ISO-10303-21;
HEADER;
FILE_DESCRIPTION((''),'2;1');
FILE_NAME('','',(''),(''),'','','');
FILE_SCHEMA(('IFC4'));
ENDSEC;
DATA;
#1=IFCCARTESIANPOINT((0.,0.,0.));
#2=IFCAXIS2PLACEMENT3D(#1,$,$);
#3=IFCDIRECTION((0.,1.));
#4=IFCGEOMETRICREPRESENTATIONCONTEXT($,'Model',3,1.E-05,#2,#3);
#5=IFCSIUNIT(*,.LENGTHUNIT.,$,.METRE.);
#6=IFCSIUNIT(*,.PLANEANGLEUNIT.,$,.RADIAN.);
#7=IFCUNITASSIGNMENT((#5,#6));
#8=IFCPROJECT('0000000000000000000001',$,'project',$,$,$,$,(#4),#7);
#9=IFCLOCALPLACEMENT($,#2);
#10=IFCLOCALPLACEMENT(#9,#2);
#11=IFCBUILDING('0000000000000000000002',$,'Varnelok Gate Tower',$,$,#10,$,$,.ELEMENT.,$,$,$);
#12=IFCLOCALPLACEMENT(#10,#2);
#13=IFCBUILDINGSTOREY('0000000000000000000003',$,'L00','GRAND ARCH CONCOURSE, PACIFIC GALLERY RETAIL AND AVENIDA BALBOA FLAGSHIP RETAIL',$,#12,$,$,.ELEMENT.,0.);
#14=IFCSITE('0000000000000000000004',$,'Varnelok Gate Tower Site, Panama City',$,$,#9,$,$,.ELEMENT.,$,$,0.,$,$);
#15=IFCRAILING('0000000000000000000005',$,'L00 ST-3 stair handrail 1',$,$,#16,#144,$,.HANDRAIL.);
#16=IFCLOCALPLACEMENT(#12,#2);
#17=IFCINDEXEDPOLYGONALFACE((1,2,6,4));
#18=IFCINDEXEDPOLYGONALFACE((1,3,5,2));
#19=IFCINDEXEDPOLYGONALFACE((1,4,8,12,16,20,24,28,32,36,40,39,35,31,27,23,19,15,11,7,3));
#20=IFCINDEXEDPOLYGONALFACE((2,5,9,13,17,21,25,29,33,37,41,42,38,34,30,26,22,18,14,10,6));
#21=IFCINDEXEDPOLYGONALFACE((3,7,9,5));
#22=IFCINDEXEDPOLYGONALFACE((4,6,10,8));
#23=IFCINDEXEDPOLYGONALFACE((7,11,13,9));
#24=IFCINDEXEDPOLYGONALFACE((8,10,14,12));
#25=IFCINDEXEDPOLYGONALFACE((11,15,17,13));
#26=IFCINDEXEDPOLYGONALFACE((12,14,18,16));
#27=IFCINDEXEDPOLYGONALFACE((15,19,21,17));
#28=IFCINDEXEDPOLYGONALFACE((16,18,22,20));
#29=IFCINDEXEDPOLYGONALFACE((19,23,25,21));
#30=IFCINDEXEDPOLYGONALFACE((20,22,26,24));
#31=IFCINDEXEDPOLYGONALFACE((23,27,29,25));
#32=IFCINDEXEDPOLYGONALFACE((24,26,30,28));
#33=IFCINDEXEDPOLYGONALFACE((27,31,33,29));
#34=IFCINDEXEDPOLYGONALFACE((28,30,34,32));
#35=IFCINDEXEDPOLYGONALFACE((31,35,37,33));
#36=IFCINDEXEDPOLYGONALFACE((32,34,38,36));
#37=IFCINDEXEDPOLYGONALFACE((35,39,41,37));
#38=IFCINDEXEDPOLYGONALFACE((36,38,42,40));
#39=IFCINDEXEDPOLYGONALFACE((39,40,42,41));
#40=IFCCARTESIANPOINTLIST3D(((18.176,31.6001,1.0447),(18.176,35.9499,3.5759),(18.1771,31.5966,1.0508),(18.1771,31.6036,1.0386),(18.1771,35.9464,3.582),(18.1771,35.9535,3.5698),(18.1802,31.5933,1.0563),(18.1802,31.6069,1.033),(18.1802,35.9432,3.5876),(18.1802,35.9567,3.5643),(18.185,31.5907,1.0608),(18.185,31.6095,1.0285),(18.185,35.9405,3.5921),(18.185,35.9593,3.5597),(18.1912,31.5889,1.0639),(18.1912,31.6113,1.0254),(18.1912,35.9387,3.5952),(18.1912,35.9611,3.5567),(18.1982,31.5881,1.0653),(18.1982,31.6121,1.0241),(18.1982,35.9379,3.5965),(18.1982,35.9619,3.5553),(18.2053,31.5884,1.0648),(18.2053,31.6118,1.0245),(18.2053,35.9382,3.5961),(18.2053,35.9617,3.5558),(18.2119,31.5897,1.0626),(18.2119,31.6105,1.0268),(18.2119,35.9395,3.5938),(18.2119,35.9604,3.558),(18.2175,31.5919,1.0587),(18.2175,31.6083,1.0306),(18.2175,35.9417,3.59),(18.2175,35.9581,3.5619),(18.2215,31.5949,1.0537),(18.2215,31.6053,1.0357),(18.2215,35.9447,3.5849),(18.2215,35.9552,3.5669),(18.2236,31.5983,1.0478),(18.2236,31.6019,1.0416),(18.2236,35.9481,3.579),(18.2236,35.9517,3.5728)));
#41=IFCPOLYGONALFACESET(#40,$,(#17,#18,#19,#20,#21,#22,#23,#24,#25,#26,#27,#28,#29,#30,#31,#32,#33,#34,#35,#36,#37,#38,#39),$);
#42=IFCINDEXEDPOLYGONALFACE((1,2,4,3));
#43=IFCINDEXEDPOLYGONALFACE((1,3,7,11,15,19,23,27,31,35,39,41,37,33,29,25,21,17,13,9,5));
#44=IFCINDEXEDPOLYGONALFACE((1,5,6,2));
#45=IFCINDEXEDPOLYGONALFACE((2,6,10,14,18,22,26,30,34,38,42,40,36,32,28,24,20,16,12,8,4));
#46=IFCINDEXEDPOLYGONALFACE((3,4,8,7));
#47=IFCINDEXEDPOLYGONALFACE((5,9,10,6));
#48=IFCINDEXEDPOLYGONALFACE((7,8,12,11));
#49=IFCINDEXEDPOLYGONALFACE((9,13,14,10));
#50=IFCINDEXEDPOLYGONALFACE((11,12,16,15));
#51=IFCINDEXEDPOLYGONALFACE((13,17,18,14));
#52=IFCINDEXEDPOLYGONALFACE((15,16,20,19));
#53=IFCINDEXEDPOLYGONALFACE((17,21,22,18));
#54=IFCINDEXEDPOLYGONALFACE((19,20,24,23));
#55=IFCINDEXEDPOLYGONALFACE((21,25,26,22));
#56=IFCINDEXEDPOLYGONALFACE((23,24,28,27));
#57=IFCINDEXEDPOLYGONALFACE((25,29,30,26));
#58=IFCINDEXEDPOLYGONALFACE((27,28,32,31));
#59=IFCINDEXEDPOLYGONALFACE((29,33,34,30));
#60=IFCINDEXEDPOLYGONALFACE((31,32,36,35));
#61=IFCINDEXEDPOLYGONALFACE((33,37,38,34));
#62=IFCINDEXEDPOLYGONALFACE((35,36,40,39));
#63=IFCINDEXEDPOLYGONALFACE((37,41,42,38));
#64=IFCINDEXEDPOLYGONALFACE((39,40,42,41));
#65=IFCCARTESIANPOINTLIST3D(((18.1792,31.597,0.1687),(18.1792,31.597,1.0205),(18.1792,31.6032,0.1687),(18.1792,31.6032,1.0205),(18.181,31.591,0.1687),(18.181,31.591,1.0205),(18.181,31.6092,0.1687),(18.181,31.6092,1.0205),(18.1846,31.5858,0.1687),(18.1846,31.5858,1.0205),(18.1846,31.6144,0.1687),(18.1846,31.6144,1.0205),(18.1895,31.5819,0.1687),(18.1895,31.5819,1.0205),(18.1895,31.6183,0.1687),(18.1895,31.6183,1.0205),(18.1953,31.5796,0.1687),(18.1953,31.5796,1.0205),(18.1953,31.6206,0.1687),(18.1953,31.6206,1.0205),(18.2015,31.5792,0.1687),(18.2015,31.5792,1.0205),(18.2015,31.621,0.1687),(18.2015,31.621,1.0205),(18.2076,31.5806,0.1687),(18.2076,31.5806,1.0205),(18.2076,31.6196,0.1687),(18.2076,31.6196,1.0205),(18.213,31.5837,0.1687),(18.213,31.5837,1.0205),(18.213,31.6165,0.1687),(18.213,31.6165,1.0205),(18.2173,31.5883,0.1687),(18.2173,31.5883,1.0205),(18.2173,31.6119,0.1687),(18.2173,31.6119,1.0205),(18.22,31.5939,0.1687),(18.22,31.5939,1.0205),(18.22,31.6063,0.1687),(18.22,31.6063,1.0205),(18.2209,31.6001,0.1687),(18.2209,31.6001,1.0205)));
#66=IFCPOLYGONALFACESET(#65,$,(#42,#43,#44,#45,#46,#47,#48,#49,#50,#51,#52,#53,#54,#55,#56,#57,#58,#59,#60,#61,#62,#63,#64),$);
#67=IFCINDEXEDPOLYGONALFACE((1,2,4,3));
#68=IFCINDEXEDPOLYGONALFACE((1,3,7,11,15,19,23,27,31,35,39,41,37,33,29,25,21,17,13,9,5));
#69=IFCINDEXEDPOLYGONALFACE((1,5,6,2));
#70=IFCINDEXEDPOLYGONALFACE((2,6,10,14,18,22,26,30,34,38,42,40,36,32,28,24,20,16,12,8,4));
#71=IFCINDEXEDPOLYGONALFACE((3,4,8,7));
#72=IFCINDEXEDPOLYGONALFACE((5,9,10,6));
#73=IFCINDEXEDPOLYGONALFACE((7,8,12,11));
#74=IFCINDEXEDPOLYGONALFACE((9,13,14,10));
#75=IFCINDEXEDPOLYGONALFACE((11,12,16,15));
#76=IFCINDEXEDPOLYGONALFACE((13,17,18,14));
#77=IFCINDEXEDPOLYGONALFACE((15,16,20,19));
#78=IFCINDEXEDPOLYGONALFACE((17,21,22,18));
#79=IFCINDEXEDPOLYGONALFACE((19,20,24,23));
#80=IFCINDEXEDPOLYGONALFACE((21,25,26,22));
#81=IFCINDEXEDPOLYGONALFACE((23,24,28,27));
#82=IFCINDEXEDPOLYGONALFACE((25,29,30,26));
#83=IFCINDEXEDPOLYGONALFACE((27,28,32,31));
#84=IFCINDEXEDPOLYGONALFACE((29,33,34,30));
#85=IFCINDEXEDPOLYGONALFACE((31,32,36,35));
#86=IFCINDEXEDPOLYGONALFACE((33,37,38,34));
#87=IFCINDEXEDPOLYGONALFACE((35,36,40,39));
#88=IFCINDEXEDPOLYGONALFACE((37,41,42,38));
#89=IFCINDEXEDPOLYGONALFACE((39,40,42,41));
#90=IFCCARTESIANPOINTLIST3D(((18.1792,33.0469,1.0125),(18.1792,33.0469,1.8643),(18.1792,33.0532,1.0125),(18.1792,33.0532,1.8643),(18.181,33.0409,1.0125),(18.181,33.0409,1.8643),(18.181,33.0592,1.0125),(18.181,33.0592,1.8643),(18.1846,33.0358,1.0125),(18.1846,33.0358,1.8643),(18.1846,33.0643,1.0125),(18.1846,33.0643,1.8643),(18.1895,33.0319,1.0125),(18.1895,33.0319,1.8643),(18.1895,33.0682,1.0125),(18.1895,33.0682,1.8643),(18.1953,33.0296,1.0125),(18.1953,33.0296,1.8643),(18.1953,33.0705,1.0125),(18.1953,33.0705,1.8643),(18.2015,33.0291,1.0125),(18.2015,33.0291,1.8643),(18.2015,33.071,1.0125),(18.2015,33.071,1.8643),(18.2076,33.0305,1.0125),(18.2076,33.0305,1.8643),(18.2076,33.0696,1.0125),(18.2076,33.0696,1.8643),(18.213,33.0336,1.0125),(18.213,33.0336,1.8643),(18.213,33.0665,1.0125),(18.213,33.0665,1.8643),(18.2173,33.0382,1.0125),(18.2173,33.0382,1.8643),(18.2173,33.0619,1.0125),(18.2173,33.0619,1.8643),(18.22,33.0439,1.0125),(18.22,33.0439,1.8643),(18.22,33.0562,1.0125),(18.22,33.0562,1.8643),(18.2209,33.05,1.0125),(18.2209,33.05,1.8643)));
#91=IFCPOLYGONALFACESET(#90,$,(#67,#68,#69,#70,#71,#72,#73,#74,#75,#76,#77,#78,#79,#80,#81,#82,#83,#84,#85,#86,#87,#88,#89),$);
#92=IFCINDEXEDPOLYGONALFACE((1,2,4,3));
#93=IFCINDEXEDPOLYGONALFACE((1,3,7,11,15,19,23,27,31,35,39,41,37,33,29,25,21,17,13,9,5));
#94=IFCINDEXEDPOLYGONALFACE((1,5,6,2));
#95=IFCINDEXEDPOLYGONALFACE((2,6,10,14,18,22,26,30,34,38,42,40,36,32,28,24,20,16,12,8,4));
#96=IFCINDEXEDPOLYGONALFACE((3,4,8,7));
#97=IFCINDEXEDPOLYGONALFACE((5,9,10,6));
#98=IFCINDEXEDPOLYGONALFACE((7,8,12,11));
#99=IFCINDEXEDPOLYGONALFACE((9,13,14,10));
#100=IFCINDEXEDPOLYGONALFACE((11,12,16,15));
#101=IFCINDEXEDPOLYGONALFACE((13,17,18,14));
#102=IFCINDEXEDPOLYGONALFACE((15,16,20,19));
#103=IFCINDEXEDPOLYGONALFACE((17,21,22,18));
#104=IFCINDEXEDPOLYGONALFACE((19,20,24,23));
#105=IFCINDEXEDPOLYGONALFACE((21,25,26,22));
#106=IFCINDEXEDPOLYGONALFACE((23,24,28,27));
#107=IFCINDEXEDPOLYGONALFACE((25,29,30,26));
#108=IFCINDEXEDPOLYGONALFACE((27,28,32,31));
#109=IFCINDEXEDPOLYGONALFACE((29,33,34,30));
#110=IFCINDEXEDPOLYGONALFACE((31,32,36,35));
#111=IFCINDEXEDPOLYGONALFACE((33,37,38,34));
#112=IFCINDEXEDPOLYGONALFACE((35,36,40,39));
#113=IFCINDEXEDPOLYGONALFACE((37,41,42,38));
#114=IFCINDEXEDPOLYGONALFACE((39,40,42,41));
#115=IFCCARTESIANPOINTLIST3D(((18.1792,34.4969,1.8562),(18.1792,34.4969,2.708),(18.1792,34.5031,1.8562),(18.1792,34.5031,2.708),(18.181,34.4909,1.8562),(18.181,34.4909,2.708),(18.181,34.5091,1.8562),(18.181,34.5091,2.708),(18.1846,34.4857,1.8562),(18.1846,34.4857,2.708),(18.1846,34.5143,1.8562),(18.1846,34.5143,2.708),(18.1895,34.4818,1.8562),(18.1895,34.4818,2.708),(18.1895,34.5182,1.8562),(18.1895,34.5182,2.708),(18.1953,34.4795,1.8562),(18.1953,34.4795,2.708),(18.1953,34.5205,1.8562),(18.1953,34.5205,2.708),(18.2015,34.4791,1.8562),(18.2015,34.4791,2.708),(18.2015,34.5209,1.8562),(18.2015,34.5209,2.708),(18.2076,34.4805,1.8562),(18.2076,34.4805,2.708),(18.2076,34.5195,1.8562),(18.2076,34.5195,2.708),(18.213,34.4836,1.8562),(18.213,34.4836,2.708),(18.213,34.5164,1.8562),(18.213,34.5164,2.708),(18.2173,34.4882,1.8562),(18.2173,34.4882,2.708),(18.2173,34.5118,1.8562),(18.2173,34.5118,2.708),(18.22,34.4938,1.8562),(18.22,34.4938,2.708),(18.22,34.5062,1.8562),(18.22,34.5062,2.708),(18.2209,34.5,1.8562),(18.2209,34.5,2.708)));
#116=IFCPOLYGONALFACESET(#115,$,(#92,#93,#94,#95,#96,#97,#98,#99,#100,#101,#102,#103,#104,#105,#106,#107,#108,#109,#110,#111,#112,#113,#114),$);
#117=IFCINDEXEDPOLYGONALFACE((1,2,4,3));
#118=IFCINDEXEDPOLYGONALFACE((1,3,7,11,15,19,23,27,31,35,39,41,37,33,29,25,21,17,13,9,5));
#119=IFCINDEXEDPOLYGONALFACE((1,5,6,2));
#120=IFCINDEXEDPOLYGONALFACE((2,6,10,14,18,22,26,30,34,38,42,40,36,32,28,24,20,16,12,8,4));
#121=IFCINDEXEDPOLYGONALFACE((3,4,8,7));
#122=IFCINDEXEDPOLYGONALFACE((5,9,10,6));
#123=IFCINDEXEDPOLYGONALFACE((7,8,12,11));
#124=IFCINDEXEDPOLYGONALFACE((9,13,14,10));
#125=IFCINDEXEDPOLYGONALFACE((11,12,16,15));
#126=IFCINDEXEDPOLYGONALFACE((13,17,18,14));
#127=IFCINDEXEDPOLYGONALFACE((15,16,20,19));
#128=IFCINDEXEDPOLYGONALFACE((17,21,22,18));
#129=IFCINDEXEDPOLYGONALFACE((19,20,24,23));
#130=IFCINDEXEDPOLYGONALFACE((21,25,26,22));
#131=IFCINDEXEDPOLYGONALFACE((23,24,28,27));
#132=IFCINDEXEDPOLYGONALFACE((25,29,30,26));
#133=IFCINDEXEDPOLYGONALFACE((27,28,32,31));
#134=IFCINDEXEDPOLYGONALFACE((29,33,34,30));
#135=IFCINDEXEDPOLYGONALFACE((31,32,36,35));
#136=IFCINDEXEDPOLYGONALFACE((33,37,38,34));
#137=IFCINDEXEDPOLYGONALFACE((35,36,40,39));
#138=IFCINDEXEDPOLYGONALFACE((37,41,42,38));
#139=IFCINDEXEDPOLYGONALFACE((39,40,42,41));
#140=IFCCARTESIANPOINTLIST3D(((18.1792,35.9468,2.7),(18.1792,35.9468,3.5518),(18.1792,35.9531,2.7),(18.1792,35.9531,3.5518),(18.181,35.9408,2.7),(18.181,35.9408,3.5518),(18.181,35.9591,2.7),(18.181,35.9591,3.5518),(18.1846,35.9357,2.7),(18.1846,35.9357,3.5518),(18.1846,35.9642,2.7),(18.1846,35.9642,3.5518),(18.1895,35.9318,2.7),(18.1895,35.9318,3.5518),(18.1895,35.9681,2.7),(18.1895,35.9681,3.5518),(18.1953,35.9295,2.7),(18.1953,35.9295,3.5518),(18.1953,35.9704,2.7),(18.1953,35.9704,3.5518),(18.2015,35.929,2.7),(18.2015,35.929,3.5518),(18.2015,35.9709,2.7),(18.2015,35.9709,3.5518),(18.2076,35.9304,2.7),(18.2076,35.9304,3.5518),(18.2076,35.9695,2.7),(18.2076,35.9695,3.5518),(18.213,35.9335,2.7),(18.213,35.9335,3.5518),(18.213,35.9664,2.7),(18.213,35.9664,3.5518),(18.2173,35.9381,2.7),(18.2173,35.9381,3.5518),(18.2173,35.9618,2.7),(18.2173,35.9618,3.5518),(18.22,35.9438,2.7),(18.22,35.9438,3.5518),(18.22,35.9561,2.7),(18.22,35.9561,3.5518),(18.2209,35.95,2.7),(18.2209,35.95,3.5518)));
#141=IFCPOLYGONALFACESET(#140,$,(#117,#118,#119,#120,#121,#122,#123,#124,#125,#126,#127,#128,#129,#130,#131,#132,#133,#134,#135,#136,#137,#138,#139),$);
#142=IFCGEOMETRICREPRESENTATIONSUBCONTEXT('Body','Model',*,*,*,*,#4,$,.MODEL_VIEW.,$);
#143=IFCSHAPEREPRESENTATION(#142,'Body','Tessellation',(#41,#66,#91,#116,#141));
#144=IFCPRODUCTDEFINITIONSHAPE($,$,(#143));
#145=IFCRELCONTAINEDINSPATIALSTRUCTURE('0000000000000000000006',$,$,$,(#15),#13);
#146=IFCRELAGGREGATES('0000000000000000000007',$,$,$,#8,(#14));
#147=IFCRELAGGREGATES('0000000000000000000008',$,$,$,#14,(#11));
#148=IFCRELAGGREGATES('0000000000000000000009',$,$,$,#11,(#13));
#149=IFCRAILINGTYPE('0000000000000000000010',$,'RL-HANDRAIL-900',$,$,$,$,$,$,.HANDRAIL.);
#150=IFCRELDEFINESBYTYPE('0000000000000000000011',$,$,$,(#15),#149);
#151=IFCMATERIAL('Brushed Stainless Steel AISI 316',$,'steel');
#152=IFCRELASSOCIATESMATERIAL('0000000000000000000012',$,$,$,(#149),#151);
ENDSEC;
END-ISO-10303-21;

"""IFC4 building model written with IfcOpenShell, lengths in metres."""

from ifc_helpers import new_model, si_unit, direction, frame, origin, origin_2d, place, context, subcontext, project, spatial, circle, extrude, material, type_object, element, save


model = new_model("IFC4")

# Units and contexts
model_context = context("Model", 3, precision=1e-05, world=origin(), true_north=direction((0.0, 1.0)))
body_context = subcontext(model_context, "Body", "Model", "MODEL_VIEW")
ifc_project = project(units=[si_unit("LENGTHUNIT", "METRE"), si_unit("PLANEANGLEUNIT", "RADIAN")], contexts=[model_context])

# Site, building, storey
site_placement = place(None, origin())
site = spatial("IfcSite", under=ifc_project, at=site_placement, Name="Varnelok Gate Tower Site, Panama City", CompositionType="ELEMENT", RefElevation=0.0)
building_placement = place(site_placement, origin())
building = spatial("IfcBuilding", under=site, at=building_placement, Name="Varnelok Gate Tower", CompositionType="ELEMENT")
storey_placement = place(building_placement, origin())
storey = spatial("IfcBuildingStorey", under=building, at=storey_placement, Name="L00", Description="GRAND ARCH CONCOURSE, PACIFIC GALLERY RETAIL AND AVENIDA BALBOA FLAGSHIP RETAIL", CompositionType="ELEMENT", Elevation=0.0)

# Railing
ifc_material_1 = material(Name="Brushed Stainless Steel AISI 316", Category="steel")
railing_type_1 = type_object("IfcRailingType", Name="RL-HANDRAIL-900", PredefinedType="HANDRAIL", material=ifc_material_1)
railing_1_placement = place(storey_placement, frame((18.2, 31.6001, 0.1687)))
element("IfcRailing", 1, at=railing_1_placement, inside=storey, type_object=railing_type_1, Name="L00 ST-3 stair handrail 1", PredefinedType="HANDRAIL", context=body_context, shape_type="SweptSolid", body=[
    extrude(circle(Radius=0.0239, at=origin_2d()), frame((0.0, 0.0, 0.876), z_axis=(0.0, 0.864312, 0.502957), x_axis=(-1.0, 0.0, 0.0)), (0.0, 0.0, 1.0), 5.0327),
    extrude(circle(Radius=0.021, at=origin_2d()), origin(), (0.0, 0.0, 1.0), 0.8518),
    extrude(circle(Radius=0.021, at=origin_2d()), frame((0.0, 1.45, 0.8438)), (0.0, 0.0, 1.0), 0.8518),
    extrude(circle(Radius=0.021, at=origin_2d()), frame((0.0, 2.8999, 1.6875)), (0.0, 0.0, 1.0), 0.8518),
    extrude(circle(Radius=0.021, at=origin_2d()), frame((0.0, 4.3499, 2.5312)), (0.0, 0.0, 1.0), 0.8518),
])

save(model, "model.ifc")
